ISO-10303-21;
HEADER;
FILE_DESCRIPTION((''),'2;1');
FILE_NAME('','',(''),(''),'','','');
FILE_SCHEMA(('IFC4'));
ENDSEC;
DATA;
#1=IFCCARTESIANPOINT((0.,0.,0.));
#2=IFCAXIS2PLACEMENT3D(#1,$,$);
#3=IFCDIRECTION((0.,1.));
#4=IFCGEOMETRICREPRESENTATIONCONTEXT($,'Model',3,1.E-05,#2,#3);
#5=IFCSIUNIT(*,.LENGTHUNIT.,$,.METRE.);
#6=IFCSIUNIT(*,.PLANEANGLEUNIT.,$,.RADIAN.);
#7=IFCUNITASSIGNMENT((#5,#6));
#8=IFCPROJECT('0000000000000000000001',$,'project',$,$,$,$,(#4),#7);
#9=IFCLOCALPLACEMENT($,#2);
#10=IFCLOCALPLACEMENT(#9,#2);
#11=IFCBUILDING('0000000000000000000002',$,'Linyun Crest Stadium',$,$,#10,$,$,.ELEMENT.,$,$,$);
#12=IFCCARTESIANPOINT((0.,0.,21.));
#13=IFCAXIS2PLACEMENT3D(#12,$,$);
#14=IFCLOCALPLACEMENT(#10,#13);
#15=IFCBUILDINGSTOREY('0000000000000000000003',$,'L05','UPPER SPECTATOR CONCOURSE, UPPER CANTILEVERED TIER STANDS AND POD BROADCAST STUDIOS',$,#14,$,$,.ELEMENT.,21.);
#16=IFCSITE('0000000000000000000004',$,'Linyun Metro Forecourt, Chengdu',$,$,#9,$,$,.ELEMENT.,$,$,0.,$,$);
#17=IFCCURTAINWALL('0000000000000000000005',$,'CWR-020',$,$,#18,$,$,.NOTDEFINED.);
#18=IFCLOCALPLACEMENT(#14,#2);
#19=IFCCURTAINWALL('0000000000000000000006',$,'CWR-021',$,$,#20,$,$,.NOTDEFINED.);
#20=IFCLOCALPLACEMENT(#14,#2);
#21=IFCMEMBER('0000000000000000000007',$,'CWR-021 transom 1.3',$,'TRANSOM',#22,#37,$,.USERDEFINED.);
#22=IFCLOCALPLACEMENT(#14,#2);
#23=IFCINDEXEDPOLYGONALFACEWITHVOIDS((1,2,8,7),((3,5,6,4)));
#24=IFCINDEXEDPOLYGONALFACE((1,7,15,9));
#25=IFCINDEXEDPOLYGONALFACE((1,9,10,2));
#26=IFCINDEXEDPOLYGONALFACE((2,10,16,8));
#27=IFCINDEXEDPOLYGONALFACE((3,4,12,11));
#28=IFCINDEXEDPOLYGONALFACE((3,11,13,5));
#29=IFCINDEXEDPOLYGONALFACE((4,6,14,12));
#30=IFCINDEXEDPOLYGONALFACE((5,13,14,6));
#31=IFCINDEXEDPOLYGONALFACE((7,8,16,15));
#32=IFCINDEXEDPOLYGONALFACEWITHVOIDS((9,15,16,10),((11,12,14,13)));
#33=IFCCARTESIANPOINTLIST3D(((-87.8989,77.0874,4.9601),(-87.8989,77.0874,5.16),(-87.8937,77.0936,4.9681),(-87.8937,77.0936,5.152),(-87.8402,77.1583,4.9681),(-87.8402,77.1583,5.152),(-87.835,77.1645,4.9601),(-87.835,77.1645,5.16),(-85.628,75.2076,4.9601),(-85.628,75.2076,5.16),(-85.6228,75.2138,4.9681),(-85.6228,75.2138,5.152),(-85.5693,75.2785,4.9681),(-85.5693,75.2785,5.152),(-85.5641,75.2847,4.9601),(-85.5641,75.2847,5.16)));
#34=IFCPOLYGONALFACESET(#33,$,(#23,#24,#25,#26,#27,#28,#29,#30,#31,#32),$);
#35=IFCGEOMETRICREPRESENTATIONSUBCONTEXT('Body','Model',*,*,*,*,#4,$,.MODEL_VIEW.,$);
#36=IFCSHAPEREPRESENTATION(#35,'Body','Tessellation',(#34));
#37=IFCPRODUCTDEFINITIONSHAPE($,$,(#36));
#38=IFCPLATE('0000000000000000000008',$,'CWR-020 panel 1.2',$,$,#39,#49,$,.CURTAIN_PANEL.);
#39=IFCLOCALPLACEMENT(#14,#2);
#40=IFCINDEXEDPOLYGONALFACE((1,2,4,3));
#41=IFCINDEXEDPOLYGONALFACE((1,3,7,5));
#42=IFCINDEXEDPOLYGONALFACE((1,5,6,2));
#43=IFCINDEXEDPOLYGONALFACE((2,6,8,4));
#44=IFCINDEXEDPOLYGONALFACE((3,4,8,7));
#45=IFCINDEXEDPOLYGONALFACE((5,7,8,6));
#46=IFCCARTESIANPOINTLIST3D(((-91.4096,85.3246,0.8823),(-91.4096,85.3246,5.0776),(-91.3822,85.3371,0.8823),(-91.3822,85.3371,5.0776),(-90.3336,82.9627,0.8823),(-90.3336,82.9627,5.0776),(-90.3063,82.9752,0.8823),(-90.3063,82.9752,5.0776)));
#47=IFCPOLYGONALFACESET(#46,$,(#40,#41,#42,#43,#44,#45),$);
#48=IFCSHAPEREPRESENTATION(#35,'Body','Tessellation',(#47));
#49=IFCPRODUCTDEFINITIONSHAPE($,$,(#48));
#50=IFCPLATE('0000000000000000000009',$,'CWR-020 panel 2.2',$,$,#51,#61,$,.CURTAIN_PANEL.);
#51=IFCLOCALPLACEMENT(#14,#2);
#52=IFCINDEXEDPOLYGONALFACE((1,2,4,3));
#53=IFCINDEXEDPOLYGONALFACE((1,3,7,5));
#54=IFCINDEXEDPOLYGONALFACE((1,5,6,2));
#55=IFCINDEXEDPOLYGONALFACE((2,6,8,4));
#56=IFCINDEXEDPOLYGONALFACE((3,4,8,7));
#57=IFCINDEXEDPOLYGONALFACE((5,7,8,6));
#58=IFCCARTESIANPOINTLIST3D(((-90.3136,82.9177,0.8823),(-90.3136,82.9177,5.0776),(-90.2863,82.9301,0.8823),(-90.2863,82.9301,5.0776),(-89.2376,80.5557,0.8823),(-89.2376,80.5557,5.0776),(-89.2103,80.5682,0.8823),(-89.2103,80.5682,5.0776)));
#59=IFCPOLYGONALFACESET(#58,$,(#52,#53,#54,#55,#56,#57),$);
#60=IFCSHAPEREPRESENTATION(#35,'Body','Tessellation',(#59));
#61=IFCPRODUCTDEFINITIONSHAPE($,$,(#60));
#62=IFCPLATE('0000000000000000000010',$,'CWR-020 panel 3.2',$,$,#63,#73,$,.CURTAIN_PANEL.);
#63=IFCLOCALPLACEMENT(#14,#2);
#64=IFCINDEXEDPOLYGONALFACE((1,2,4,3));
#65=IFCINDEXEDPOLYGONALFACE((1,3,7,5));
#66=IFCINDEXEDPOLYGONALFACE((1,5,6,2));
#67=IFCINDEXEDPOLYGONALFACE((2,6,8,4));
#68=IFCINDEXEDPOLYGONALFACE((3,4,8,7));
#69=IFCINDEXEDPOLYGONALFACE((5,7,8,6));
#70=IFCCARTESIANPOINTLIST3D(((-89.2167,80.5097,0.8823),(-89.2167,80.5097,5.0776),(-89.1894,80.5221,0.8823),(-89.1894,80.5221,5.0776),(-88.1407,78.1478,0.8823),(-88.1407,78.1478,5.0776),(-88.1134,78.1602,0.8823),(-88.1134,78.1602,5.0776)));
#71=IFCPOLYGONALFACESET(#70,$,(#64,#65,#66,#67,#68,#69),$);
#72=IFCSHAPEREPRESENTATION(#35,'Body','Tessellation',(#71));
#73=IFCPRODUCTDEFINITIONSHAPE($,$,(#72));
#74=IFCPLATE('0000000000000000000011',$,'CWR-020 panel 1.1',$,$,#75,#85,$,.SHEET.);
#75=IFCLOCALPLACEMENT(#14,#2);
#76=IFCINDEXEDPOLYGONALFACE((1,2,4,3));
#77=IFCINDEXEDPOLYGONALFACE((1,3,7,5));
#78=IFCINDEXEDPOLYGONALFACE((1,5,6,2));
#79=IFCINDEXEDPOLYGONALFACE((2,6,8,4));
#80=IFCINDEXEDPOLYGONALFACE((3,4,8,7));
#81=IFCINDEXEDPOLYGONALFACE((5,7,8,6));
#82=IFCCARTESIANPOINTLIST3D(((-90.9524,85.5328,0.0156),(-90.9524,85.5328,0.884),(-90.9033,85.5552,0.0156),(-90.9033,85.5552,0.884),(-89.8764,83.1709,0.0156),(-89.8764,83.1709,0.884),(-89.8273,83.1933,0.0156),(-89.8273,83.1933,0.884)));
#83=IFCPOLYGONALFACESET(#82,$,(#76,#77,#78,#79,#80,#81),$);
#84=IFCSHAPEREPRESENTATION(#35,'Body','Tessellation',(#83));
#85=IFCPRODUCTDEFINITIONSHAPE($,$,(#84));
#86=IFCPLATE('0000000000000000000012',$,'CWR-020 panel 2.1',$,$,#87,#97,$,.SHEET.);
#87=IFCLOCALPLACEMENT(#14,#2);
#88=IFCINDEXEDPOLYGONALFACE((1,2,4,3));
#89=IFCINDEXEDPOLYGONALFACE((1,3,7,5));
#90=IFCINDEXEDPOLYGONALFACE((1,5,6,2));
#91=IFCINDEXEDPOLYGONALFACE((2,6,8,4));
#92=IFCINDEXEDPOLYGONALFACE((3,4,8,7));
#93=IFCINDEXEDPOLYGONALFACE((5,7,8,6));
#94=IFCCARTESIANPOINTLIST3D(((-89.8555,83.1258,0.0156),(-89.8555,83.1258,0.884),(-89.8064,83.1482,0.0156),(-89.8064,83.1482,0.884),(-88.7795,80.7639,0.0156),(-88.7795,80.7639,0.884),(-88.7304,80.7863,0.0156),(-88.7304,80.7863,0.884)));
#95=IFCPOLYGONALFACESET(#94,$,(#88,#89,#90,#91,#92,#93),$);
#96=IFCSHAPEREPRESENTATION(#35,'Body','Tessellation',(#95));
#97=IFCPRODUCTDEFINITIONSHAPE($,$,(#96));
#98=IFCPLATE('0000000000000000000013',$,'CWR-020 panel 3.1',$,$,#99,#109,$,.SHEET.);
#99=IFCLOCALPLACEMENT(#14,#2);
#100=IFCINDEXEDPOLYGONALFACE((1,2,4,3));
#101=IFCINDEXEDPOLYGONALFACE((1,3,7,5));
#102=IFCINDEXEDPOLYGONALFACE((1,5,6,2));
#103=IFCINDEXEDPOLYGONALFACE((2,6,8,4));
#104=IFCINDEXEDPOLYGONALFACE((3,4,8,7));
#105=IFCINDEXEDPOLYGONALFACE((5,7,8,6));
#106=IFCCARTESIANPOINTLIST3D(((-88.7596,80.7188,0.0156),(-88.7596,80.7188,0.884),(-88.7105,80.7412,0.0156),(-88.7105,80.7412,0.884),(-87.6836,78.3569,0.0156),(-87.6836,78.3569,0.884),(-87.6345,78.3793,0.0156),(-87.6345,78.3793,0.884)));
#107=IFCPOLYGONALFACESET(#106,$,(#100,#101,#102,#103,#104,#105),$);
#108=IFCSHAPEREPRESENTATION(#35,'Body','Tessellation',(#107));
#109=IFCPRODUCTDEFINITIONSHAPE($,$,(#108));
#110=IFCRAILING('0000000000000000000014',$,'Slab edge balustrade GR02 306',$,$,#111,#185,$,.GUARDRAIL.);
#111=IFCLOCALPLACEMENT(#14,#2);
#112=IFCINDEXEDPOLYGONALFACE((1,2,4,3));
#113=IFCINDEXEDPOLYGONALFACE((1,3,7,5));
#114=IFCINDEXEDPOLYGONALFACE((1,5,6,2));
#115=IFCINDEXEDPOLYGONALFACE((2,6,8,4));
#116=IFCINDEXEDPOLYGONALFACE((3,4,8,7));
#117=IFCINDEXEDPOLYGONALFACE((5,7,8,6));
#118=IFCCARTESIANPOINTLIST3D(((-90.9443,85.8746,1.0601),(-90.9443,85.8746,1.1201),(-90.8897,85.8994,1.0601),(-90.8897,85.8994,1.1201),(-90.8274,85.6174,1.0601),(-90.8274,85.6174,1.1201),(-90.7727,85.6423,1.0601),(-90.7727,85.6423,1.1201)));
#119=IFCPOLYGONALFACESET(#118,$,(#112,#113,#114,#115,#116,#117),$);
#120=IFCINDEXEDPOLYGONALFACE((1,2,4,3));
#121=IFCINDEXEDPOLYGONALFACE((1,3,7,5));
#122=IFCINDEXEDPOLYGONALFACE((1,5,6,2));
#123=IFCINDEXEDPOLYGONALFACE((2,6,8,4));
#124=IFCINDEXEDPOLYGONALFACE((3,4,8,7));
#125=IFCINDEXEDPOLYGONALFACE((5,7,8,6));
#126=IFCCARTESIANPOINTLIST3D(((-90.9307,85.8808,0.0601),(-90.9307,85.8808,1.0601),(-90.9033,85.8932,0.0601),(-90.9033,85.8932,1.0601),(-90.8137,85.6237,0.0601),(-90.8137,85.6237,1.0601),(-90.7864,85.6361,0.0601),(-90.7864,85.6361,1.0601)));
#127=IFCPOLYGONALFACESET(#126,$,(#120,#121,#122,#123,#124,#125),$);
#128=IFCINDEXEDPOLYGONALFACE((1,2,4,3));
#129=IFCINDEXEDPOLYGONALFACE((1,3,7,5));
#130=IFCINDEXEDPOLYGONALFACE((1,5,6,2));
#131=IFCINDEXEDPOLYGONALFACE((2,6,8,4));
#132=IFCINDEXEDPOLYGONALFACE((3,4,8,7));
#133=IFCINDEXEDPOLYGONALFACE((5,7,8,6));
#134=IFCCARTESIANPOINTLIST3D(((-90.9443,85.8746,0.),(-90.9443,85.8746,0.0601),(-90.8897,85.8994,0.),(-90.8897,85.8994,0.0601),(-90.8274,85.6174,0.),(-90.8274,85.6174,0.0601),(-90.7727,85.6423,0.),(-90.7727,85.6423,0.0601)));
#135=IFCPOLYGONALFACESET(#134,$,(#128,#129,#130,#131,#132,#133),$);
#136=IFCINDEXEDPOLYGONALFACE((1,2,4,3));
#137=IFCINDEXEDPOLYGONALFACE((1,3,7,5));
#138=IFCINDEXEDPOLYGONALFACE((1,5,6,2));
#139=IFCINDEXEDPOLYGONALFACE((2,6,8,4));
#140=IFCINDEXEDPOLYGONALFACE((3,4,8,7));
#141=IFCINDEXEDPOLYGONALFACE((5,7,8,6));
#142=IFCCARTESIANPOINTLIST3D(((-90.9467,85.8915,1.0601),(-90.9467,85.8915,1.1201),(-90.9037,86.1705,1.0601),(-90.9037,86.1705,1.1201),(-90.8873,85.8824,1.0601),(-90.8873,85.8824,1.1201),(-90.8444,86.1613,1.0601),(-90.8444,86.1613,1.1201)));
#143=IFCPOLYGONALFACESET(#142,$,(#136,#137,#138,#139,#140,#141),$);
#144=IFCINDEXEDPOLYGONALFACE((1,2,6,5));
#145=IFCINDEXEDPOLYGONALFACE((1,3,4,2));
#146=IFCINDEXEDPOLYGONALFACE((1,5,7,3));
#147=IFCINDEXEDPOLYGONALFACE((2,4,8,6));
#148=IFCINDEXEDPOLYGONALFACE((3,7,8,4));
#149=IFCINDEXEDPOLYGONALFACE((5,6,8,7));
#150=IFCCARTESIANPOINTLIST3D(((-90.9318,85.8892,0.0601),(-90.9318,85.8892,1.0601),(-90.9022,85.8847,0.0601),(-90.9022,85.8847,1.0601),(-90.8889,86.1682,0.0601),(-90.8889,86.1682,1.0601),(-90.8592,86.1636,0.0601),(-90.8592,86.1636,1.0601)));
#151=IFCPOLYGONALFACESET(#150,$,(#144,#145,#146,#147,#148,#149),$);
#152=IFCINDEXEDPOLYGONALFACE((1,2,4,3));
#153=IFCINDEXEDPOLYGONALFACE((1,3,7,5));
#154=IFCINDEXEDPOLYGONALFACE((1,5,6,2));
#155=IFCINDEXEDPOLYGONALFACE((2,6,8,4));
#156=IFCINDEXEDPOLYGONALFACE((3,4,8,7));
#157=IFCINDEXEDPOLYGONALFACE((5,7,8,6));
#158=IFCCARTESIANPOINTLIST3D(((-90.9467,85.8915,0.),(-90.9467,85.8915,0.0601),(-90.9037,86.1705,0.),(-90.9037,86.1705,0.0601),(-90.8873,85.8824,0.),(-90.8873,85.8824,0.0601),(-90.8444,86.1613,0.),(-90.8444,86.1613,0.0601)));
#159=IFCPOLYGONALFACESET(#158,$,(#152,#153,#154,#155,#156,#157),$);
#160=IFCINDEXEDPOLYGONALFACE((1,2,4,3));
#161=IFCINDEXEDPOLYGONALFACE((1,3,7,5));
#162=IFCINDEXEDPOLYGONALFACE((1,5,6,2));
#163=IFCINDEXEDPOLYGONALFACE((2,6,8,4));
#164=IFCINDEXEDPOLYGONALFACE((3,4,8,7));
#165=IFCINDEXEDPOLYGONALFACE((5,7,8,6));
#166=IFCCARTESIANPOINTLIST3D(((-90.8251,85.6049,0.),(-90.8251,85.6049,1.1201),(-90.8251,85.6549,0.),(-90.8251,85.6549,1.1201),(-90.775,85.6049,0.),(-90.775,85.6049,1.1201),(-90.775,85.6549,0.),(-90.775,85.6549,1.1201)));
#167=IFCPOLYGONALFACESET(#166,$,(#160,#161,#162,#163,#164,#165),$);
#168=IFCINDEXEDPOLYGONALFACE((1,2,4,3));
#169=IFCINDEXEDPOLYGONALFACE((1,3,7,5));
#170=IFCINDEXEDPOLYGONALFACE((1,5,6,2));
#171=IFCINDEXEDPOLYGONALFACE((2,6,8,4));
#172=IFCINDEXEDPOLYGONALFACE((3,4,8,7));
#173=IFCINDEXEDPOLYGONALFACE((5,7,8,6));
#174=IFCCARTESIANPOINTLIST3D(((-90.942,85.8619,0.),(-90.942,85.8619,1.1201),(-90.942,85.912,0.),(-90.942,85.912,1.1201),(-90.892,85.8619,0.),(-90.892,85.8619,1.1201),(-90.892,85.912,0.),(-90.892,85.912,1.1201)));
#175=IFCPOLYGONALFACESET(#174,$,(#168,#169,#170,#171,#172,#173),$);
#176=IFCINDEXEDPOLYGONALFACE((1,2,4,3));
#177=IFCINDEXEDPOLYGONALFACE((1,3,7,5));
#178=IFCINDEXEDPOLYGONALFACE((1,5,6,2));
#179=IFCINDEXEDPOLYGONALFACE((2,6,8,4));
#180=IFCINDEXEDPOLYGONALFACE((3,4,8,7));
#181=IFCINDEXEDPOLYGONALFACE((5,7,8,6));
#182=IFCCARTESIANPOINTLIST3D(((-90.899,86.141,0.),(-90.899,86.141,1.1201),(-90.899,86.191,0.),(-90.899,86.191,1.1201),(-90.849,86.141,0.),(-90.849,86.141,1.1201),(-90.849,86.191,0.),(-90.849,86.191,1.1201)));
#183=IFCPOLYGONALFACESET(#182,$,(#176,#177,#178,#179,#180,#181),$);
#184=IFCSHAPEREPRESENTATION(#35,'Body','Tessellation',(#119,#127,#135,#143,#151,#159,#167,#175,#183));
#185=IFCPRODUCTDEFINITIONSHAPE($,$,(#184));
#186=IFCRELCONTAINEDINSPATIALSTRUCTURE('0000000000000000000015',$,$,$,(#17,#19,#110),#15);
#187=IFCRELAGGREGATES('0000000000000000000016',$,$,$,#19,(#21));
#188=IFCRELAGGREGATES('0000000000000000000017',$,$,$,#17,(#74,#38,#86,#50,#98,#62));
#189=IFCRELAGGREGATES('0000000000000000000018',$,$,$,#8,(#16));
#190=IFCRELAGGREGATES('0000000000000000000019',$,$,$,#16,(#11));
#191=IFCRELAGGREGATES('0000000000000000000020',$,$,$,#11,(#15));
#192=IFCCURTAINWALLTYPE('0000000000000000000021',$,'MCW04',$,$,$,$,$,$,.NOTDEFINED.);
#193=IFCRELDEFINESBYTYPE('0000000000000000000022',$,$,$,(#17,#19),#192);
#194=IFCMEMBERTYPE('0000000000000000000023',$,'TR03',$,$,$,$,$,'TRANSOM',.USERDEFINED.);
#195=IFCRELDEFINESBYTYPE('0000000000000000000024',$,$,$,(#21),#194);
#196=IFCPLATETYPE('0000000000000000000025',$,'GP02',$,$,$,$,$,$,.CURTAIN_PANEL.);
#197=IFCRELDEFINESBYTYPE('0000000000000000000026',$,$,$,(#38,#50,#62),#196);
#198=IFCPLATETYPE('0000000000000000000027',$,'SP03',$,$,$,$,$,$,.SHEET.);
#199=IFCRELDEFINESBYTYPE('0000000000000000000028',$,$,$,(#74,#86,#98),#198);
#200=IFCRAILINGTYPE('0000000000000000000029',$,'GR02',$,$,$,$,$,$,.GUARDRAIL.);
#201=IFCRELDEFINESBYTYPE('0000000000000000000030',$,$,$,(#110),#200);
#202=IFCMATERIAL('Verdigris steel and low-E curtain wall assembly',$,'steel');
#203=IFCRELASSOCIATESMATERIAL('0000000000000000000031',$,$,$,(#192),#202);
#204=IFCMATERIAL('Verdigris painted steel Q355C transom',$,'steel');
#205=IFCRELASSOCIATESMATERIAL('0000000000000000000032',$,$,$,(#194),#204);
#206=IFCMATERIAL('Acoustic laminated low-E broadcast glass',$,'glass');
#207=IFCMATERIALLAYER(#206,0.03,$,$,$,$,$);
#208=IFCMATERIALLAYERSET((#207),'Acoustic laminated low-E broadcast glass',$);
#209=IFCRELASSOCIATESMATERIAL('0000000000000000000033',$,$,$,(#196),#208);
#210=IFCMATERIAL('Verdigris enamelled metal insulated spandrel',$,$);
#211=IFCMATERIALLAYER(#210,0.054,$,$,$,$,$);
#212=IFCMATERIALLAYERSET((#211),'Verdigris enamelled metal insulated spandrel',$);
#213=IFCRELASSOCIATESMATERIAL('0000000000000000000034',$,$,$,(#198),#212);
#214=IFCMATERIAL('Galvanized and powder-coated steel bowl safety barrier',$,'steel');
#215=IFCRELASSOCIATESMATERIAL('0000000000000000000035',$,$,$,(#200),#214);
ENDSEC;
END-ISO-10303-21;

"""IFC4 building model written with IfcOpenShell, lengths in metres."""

from ifc_helpers import new_model, si_unit, direction, frame, origin, origin_2d, place, context, subcontext, project, spatial, rectangle, hollow_rectangle, extrude, material, layer, layer_set, material_profile, profile_set, type_object, element, aggregate, save


model = new_model("IFC4")

# Units and contexts
model_context = context("Model", 3, precision=1e-05, world=origin(), true_north=direction((0.0, 1.0)))
body_context = subcontext(model_context, "Body", "Model", "MODEL_VIEW")
ifc_project = project(units=[si_unit("LENGTHUNIT", "METRE"), si_unit("PLANEANGLEUNIT", "RADIAN")], contexts=[model_context])

# Site, building, storey
site_placement = place(None, origin())
site = spatial("IfcSite", under=ifc_project, at=site_placement, Name="Linyun Metro Forecourt, Chengdu", CompositionType="ELEMENT", RefElevation=0.0)
building_placement = place(site_placement, origin())
building = spatial("IfcBuilding", under=site, at=building_placement, Name="Linyun Crest Stadium", CompositionType="ELEMENT")
storey_placement = place(building_placement, frame((0.0, 0.0, 21.0)))
storey = spatial("IfcBuildingStorey", under=building, at=storey_placement, Name="L05", Description="UPPER SPECTATOR CONCOURSE, UPPER CANTILEVERED TIER STANDS AND POD BROADCAST STUDIOS", CompositionType="ELEMENT", Elevation=21.0)

# Curtain wall
ifc_material_1 = material(Name="Verdigris steel and low-E curtain wall assembly", Category="steel")
curtain_wall_type = type_object("IfcCurtainWallType", Name="MCW04", PredefinedType="NOTDEFINED", material=ifc_material_1)
curtain_wall_1_placement = place(storey_placement, origin())
curtain_wall_1 = element("IfcCurtainWall", 1, at=curtain_wall_1_placement, inside=storey, type_object=curtain_wall_type, Name="CWR-020", PredefinedType="NOTDEFINED")

# Curtain wall
curtain_wall_2_placement = place(storey_placement, origin())
curtain_wall_2 = element("IfcCurtainWall", 2, at=curtain_wall_2_placement, inside=storey, type_object=curtain_wall_type, Name="CWR-021", PredefinedType="NOTDEFINED")

# Member
ifc_material_2 = material(Name="Verdigris painted steel Q355C transom", Category="steel")
ifc_material_profile_1 = material_profile(ifc_material_2, hollow_rectangle(XDim=0.1001, YDim=0.2, WallThickness=0.0081, at=origin_2d()), Name="RHS 200x100x8")
ifc_profile_set_1 = profile_set([ifc_material_profile_1], Name="Verdigris painted steel Q355C transom")
member_type_1 = type_object("IfcMemberType", Name="TR03", ElementType="TRANSOM", PredefinedType="USERDEFINED", material=ifc_profile_set_1)
member_1_placement = place(storey_placement, frame((-87.8669, 77.126, 5.0601), z_axis=(0.770321, -0.637656, 0.0), x_axis=(0.637656, 0.770321, 0.0)))
member_1 = element("IfcMember", 3, at=member_1_placement, type_object=member_type_1, Name="CWR-021 transom 1.3", ObjectType="TRANSOM", PredefinedType="USERDEFINED", context=body_context, shape_type="SweptSolid", body=[
    extrude(hollow_rectangle(XDim=0.1001, YDim=0.2, WallThickness=0.0081, at=origin_2d()), origin(), (0.0, 0.0, 1.0), 2.948),
])
aggregate(curtain_wall_2, [member_1])

# Plates
ifc_material_3 = material(Name="Acoustic laminated low-E broadcast glass", Category="glass")
ifc_layer_1 = layer(ifc_material_3, 0.03)
ifc_layer_set_1 = layer_set([ifc_layer_1], Name="Acoustic laminated low-E broadcast glass")
plate_type_1 = type_object("IfcPlateType", Name="GP02", PredefinedType="CURTAIN_PANEL", material=ifc_layer_set_1)
plate_1_placement = place(storey_placement, frame((-90.8579, 84.1499, 0.8823), z_axis=(0.0, 0.0, 1.0), x_axis=(0.414566, -0.910019, 0.0)))
plate_1 = element("IfcPlate", 4, at=plate_1_placement, type_object=plate_type_1, Name="CWR-020 panel 1.2", PredefinedType="CURTAIN_PANEL", context=body_context, shape_type="SweptSolid", body=[
    extrude(rectangle(XDim=2.5955, YDim=0.03, at=origin_2d()), origin(), (0.0, 0.0, 1.0), 4.1953),
])
plate_2_placement = place(storey_placement, frame((-89.762, 81.7429, 0.8823), z_axis=(0.0, 0.0, 1.0), x_axis=(0.414566, -0.910019, 0.0)))
plate_2 = element("IfcPlate", 5, at=plate_2_placement, type_object=plate_type_1, Name="CWR-020 panel 2.2", PredefinedType="CURTAIN_PANEL", context=body_context, shape_type="SweptSolid", body=[
    extrude(rectangle(XDim=2.5955, YDim=0.03, at=origin_2d()), origin(), (0.0, 0.0, 1.0), 4.1953),
])
plate_3_placement = place(storey_placement, frame((-88.665, 79.335, 0.8823), z_axis=(0.0, 0.0, 1.0), x_axis=(0.414566, -0.910019, 0.0)))
plate_3 = element("IfcPlate", 6, at=plate_3_placement, type_object=plate_type_1, Name="CWR-020 panel 3.2", PredefinedType="CURTAIN_PANEL", context=body_context, shape_type="SweptSolid", body=[
    extrude(rectangle(XDim=2.5955, YDim=0.03, at=origin_2d()), origin(), (0.0, 0.0, 1.0), 4.1953),
])
ifc_material_4 = material(Name="Verdigris enamelled metal insulated spandrel")
ifc_layer_2 = layer(ifc_material_4, 0.054)
ifc_layer_set_2 = layer_set([ifc_layer_2], Name="Verdigris enamelled metal insulated spandrel")
plate_type_2 = type_object("IfcPlateType", Name="SP03", PredefinedType="SHEET", material=ifc_layer_set_2)
plate_4_placement = place(storey_placement, frame((-90.3899, 84.363, 0.0156), z_axis=(0.0, 0.0, 1.0), x_axis=(0.414566, -0.910019, 0.0)))
plate_4 = element("IfcPlate", 7, at=plate_4_placement, type_object=plate_type_2, Name="CWR-020 panel 1.1", PredefinedType="SHEET", context=body_context, shape_type="SweptSolid", body=[
    extrude(rectangle(XDim=2.5955, YDim=0.054, at=origin_2d()), origin(), (0.0, 0.0, 1.0), 0.8684),
])
plate_5_placement = place(storey_placement, frame((-89.293, 81.9561, 0.0156), z_axis=(0.0, 0.0, 1.0), x_axis=(0.414566, -0.910019, 0.0)))
plate_5 = element("IfcPlate", 8, at=plate_5_placement, type_object=plate_type_2, Name="CWR-020 panel 2.1", PredefinedType="SHEET", context=body_context, shape_type="SweptSolid", body=[
    extrude(rectangle(XDim=2.5955, YDim=0.054, at=origin_2d()), origin(), (0.0, 0.0, 1.0), 0.8684),
])
plate_6_placement = place(storey_placement, frame((-88.197, 79.5491, 0.0156), z_axis=(0.0, 0.0, 1.0), x_axis=(0.414566, -0.910019, 0.0)))
plate_6 = element("IfcPlate", 9, at=plate_6_placement, type_object=plate_type_2, Name="CWR-020 panel 3.1", PredefinedType="SHEET", context=body_context, shape_type="SweptSolid", body=[
    extrude(rectangle(XDim=2.5955, YDim=0.054, at=origin_2d()), origin(), (0.0, 0.0, 1.0), 0.8684),
])
aggregate(curtain_wall_1, [plate_4, plate_1, plate_5, plate_2, plate_6, plate_3])

# Railing
ifc_material_5 = material(Name="Galvanized and powder-coated steel bowl safety barrier", Category="steel")
railing_type = type_object("IfcRailingType", Name="GR02", PredefinedType="GUARDRAIL", material=ifc_material_5)
railing_placement = place(storey_placement, frame((-90.8, 85.6299, 0.0)))
element("IfcRailing", 10, at=railing_placement, inside=storey, type_object=railing_type, Name="Slab edge balustrade GR02 306", PredefinedType="GUARDRAIL", context=body_context, shape_type="SweptSolid", body=[
    extrude(rectangle(XDim=0.0601, YDim=0.0601, at=origin_2d()), frame((0.0, 0.0, 1.0901), z_axis=(-0.414063, 0.910248, 0.0), x_axis=(-0.910248, -0.414063, 0.0)), (0.0, 0.0, 1.0), 0.2825),
    extrude(rectangle(XDim=0.03, YDim=1.0, at=origin_2d()), frame((0.0, 0.0, 0.5601), z_axis=(-0.414063, 0.910248, 0.0), x_axis=(-0.910248, -0.414063, 0.0)), (0.0, 0.0, 1.0), 0.2825),
    extrude(rectangle(XDim=0.0601, YDim=0.0601, at=origin_2d()), frame((0.0, 0.0, 0.03), z_axis=(-0.414063, 0.910248, 0.0), x_axis=(-0.910248, -0.414063, 0.0)), (0.0, 0.0, 1.0), 0.2825),
    extrude(rectangle(XDim=0.0601, YDim=0.0601, at=origin_2d()), frame((-0.1169, 0.2571, 1.0901), z_axis=(0.152187, 0.988352, 0.0), x_axis=(-0.988352, 0.152187, 0.0)), (0.0, 0.0, 1.0), 0.2822),
    extrude(rectangle(XDim=0.03, YDim=1.0, at=origin_2d()), frame((-0.1169, 0.2571, 0.5601), z_axis=(0.152187, 0.988352, 0.0), x_axis=(-0.988352, 0.152187, 0.0)), (0.0, 0.0, 1.0), 0.2822),
    extrude(rectangle(XDim=0.0601, YDim=0.0601, at=origin_2d()), frame((-0.1169, 0.2571, 0.03), z_axis=(0.152187, 0.988352, 0.0), x_axis=(-0.988352, 0.152187, 0.0)), (0.0, 0.0, 1.0), 0.2822),
    extrude(rectangle(XDim=0.05, YDim=0.05, at=origin_2d()), origin(), (0.0, 0.0, 1.0), 1.1201),
    extrude(rectangle(XDim=0.05, YDim=0.05, at=origin_2d()), frame((-0.1169, 0.2571, 0.0)), (0.0, 0.0, 1.0), 1.1201),
    extrude(rectangle(XDim=0.05, YDim=0.05, at=origin_2d()), frame((-0.074, 0.5361, 0.0)), (0.0, 0.0, 1.0), 1.1201),
])

save(model, "model.ifc")
